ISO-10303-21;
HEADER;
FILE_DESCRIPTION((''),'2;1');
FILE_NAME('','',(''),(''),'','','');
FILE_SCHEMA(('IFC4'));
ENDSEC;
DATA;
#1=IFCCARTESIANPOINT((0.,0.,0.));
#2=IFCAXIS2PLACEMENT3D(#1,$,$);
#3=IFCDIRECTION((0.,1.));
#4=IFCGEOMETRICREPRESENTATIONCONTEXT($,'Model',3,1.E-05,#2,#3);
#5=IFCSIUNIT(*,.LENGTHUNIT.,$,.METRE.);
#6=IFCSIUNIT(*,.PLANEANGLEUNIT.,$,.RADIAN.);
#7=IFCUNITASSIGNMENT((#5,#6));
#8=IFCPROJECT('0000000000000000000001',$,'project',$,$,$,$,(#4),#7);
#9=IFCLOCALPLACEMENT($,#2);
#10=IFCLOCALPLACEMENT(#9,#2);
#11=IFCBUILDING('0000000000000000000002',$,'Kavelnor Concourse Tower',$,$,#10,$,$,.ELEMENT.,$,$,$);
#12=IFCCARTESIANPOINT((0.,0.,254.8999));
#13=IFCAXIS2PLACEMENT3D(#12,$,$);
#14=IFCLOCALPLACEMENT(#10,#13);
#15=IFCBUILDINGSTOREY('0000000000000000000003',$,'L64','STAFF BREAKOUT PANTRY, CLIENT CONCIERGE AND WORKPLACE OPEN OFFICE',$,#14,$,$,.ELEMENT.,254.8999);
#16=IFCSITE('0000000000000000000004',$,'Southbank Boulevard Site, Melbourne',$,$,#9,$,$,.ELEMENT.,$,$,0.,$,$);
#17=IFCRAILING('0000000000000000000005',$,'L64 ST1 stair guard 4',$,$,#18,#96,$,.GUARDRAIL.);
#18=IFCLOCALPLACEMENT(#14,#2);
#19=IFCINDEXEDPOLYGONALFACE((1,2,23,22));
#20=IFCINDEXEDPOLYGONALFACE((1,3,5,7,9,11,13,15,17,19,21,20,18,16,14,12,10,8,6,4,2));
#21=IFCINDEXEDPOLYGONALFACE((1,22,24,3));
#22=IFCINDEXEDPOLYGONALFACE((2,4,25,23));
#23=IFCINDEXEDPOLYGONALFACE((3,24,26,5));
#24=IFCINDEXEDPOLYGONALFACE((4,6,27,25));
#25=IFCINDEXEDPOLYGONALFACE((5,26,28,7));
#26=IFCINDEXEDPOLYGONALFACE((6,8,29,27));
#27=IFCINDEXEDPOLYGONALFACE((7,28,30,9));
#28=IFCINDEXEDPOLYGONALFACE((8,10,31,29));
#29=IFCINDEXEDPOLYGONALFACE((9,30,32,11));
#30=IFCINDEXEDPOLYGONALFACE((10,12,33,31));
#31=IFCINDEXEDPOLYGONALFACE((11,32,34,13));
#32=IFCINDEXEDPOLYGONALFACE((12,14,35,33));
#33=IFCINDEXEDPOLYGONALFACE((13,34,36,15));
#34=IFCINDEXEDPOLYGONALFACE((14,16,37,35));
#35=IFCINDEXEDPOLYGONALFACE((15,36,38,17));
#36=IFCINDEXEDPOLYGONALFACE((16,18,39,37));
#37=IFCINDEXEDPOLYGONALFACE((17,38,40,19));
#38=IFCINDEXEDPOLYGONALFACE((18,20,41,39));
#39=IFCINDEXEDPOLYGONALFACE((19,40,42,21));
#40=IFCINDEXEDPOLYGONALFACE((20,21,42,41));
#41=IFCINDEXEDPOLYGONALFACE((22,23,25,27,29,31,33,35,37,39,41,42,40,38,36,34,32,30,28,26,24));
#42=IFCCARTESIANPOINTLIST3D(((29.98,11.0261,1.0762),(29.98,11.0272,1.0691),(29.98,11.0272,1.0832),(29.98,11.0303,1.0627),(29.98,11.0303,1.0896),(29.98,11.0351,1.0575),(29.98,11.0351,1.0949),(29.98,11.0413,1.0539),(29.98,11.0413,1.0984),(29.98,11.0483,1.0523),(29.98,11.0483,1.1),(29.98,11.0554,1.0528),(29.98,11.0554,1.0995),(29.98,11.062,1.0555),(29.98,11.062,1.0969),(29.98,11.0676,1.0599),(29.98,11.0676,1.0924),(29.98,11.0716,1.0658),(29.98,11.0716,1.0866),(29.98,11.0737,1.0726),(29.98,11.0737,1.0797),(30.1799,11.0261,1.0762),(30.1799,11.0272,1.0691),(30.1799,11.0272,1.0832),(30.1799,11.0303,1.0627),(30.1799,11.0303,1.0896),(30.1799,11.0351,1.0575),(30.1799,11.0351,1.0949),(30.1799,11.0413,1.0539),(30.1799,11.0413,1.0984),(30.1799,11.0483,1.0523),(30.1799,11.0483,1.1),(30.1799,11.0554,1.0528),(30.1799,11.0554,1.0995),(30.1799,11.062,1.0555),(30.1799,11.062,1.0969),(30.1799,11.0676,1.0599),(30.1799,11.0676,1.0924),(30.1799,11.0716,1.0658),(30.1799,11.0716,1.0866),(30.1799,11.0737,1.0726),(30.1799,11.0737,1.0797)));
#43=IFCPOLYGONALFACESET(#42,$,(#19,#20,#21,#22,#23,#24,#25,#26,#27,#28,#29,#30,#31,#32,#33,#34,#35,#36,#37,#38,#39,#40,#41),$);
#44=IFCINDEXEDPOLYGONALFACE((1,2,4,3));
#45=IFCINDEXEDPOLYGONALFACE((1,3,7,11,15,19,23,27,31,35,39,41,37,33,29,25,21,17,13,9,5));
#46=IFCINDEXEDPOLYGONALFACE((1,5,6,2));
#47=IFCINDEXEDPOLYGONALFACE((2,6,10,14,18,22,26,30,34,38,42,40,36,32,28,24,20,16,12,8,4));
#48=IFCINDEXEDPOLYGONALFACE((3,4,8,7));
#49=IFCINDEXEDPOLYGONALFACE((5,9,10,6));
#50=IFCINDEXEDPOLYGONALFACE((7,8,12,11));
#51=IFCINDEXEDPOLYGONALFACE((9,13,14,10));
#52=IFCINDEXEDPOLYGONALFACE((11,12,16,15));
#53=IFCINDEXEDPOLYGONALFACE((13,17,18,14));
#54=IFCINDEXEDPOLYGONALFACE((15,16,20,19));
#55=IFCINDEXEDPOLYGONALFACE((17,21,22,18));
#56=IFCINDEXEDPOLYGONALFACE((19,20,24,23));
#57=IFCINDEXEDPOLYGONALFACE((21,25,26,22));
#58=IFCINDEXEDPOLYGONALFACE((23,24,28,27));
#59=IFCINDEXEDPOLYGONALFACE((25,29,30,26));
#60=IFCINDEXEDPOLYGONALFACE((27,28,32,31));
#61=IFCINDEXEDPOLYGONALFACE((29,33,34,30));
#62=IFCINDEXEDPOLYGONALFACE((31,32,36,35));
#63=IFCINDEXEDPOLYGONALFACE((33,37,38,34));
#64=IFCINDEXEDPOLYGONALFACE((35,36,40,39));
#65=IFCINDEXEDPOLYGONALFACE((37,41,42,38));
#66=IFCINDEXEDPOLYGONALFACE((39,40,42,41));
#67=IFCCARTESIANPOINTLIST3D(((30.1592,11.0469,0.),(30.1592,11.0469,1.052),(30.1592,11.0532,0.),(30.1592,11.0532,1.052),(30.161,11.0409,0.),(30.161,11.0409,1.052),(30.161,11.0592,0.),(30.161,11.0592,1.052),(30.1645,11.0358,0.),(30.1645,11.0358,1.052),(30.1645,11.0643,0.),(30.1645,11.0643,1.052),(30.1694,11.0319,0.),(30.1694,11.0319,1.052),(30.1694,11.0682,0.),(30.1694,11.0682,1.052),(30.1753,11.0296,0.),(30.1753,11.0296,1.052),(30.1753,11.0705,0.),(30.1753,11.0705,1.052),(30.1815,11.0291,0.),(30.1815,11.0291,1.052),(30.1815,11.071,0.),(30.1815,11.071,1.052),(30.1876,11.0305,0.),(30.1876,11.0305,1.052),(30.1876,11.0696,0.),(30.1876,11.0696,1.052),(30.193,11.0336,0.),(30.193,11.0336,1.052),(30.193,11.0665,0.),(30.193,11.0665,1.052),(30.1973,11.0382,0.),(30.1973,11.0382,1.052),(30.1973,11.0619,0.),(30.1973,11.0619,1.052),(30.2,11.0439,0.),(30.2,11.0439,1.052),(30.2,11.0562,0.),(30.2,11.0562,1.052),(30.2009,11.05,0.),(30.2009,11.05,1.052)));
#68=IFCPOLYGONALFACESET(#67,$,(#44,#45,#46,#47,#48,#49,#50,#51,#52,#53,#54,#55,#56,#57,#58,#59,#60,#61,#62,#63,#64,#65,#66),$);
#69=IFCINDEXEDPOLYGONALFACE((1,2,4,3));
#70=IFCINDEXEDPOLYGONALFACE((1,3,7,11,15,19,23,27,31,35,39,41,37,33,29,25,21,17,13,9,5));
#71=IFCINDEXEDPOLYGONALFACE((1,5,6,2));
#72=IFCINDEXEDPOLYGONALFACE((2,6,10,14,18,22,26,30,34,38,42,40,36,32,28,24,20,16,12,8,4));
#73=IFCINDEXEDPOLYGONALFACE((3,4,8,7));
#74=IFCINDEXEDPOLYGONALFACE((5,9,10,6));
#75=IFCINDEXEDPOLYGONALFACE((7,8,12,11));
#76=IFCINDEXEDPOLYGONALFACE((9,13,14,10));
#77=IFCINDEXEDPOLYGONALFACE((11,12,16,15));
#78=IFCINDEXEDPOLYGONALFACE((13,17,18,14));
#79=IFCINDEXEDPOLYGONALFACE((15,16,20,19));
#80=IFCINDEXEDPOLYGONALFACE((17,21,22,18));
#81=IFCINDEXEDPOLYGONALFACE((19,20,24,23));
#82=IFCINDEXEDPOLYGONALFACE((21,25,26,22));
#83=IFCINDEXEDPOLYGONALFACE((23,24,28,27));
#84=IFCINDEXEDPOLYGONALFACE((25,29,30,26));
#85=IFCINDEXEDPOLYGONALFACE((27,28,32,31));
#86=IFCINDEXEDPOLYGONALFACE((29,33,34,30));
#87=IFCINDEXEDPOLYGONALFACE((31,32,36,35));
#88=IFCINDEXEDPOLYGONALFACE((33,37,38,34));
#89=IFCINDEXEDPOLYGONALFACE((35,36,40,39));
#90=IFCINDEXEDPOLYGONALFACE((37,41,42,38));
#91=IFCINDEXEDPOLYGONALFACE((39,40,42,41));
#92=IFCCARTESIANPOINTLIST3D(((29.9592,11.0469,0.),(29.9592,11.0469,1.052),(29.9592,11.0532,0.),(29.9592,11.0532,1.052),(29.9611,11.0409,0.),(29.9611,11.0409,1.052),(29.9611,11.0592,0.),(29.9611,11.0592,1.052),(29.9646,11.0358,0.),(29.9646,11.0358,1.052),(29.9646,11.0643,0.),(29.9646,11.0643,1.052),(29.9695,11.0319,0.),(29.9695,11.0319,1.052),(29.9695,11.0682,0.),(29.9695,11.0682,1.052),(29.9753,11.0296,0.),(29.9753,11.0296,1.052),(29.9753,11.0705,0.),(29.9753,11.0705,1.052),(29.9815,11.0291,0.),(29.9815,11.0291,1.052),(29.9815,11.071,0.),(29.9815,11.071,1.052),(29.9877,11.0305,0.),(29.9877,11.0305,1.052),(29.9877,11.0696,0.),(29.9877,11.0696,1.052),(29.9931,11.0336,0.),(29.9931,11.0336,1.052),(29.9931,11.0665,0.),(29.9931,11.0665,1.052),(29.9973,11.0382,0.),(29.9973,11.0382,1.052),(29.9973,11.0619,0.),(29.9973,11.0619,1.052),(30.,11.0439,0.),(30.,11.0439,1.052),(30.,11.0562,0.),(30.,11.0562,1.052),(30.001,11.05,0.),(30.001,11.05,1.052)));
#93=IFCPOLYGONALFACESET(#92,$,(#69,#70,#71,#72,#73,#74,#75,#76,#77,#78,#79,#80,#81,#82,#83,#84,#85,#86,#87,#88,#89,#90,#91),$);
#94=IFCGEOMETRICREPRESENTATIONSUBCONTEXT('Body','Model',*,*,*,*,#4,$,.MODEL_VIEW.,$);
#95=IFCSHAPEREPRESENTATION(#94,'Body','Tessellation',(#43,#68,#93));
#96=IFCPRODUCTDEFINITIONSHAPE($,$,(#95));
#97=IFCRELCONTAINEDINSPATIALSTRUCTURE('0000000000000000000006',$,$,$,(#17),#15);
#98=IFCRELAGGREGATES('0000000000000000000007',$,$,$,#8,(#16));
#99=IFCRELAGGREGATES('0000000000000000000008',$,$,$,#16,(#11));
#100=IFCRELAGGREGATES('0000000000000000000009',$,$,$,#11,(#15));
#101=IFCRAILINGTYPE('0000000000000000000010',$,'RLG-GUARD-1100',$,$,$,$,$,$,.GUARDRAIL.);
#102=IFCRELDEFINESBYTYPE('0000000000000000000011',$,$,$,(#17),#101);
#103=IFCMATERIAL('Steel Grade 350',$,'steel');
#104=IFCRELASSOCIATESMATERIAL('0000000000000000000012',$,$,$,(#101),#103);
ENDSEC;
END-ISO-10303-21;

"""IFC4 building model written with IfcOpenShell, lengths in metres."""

from ifc_helpers import new_model, si_unit, direction, frame, origin, origin_2d, place, context, subcontext, project, spatial, circle, extrude, material, type_object, element, save


model = new_model("IFC4")

# Units and contexts
model_context = context("Model", 3, precision=1e-05, world=origin(), true_north=direction((0.0, 1.0)))
body_context = subcontext(model_context, "Body", "Model", "MODEL_VIEW")
ifc_project = project(units=[si_unit("LENGTHUNIT", "METRE"), si_unit("PLANEANGLEUNIT", "RADIAN")], contexts=[model_context])

# Site, building, storey
site_placement = place(None, origin())
site = spatial("IfcSite", under=ifc_project, at=site_placement, Name="Southbank Boulevard Site, Melbourne", CompositionType="ELEMENT", RefElevation=0.0)
building_placement = place(site_placement, origin())
building = spatial("IfcBuilding", under=site, at=building_placement, Name="Kavelnor Concourse Tower", CompositionType="ELEMENT")
storey_placement = place(building_placement, frame((0.0, 0.0, 254.8999)))
storey = spatial("IfcBuildingStorey", under=building, at=storey_placement, Name="L64", Description="STAFF BREAKOUT PANTRY, CLIENT CONCIERGE AND WORKPLACE OPEN OFFICE", CompositionType="ELEMENT", Elevation=254.8999)

# Shared definitions
ifc_material_1 = material(Name="Steel Grade 350", Category="steel")

# Railing
railing_type_1 = type_object("IfcRailingType", Name="RLG-GUARD-1100", PredefinedType="GUARDRAIL", material=ifc_material_1)
railing_1_placement = place(storey_placement, frame((30.1799, 11.05, 0.0)))
element("IfcRailing", 1, at=railing_1_placement, inside=storey, type_object=railing_type_1, Name="L64 ST1 stair guard 4", PredefinedType="GUARDRAIL", context=body_context, shape_type="SweptSolid", body=[
    extrude(circle(Radius=0.0239, at=origin_2d()), frame((0.0, 0.0, 1.0762), z_axis=(-1.0, 0.0, 0.0), x_axis=(0.0, -1.0, 0.0)), (0.0, 0.0, 1.0), 0.2),
    extrude(circle(Radius=0.021, at=origin_2d()), origin(), (0.0, 0.0, 1.0), 1.052),
    extrude(circle(Radius=0.021, at=origin_2d()), frame((-0.2, 0.0, 0.0)), (0.0, 0.0, 1.0), 1.052),
])

save(model, "model.ifc")
